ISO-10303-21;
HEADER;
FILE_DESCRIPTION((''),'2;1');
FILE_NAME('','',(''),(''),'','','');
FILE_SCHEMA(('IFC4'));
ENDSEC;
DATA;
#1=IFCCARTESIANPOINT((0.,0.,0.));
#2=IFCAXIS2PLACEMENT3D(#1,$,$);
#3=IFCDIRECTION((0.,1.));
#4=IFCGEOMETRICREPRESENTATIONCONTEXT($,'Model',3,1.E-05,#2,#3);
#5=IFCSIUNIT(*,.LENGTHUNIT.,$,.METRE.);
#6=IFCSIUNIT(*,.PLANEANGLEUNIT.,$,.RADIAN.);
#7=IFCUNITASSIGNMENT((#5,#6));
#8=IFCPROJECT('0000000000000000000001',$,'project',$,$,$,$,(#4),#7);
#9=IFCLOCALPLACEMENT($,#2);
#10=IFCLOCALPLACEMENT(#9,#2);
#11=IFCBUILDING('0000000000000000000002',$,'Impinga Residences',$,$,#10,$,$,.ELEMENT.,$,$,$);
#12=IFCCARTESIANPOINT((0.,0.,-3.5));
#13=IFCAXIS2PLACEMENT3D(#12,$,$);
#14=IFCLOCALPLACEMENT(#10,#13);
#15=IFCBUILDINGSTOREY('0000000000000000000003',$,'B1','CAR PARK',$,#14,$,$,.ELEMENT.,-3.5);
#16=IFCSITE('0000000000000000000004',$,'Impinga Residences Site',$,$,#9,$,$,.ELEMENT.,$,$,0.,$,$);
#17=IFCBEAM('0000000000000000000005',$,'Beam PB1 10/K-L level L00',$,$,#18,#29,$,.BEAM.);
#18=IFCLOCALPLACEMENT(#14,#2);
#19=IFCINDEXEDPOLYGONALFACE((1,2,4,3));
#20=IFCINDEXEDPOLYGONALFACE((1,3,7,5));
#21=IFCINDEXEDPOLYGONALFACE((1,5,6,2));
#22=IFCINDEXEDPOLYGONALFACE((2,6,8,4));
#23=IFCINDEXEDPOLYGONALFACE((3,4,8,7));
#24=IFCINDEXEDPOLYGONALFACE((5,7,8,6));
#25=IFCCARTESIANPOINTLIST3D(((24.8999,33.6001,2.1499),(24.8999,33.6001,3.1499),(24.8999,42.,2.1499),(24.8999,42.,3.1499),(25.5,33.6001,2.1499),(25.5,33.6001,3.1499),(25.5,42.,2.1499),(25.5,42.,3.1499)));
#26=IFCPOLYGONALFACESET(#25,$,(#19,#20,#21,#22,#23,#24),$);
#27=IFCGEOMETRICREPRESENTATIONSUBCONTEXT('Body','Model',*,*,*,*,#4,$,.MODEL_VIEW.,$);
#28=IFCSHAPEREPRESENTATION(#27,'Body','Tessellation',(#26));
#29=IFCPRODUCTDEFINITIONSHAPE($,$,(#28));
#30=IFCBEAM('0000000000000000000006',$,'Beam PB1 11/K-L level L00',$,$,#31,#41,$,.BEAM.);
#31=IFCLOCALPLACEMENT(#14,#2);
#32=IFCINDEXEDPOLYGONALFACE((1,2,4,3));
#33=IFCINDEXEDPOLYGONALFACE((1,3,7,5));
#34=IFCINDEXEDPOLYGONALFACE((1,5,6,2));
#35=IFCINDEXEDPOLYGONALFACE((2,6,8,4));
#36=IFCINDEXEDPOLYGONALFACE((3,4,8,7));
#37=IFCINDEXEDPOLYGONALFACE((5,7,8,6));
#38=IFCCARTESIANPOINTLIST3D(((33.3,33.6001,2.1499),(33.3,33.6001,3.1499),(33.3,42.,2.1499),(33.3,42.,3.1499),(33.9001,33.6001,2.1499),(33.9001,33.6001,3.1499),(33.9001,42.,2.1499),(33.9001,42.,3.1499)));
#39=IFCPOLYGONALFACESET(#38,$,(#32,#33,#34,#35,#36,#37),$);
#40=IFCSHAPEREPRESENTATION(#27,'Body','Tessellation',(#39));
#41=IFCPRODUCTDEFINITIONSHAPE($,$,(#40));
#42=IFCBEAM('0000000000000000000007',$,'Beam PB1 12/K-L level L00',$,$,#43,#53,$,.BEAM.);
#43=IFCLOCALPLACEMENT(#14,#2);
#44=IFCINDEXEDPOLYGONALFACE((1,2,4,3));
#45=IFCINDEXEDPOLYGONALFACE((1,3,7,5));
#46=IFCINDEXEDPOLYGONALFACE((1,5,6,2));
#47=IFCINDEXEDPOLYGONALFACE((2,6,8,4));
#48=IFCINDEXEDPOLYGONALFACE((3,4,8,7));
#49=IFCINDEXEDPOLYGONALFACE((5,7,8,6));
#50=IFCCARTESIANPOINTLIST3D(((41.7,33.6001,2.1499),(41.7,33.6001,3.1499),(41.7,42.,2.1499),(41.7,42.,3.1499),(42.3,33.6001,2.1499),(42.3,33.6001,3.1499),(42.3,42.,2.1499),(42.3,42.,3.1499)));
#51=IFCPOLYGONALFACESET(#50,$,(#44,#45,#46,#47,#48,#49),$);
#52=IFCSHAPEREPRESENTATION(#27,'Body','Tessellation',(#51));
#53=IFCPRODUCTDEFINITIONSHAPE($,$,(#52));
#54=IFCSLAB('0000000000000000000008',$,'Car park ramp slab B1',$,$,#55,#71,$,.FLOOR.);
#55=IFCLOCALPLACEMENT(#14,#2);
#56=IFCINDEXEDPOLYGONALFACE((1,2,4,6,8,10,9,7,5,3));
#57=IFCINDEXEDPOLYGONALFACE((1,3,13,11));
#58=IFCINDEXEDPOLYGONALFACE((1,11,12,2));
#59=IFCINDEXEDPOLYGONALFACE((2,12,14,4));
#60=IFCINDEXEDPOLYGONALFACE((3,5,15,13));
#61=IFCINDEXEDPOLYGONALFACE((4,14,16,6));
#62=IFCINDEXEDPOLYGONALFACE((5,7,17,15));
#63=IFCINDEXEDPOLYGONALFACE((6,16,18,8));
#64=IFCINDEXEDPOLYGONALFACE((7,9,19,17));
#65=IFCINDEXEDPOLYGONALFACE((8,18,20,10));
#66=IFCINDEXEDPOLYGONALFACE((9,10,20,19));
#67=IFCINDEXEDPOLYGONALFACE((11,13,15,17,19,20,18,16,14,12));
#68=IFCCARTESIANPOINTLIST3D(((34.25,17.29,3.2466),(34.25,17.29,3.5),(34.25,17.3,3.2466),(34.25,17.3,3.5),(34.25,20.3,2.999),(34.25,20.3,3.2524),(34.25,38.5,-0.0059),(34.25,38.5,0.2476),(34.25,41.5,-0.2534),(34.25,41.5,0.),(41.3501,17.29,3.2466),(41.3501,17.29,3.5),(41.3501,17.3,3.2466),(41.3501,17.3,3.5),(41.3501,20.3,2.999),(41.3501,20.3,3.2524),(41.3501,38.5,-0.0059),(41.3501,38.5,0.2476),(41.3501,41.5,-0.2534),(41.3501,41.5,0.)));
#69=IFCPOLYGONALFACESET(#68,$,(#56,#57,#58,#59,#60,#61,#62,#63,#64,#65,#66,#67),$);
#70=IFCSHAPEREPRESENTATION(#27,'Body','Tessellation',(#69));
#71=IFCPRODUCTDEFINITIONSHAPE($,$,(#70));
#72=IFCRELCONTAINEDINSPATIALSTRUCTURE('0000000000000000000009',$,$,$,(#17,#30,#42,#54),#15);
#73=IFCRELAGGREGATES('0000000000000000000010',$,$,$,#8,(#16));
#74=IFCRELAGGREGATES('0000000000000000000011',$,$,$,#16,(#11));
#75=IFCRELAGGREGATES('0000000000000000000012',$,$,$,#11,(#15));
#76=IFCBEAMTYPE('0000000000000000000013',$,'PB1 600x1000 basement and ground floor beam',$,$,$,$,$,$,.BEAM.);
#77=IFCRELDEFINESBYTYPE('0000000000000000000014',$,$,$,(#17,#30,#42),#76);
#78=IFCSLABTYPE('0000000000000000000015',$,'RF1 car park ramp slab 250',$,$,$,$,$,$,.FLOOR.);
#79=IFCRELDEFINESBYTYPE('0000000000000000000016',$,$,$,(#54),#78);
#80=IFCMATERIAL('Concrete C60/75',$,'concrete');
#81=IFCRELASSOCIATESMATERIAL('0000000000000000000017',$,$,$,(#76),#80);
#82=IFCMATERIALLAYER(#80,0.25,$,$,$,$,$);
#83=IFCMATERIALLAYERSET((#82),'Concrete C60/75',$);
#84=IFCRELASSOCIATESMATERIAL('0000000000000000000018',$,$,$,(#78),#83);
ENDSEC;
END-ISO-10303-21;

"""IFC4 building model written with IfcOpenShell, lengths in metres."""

from ifc_helpers import new_model, si_unit, direction, frame, origin, origin_2d, place, context, subcontext, project, spatial, polyline, rectangle, outline, extrude, material, layer, layer_set, material_profile, profile_set, type_object, element, save


model = new_model("IFC4")

# Units and contexts
model_context = context("Model", 3, precision=1e-05, world=origin(), true_north=direction((0.0, 1.0)))
body_context = subcontext(model_context, "Body", "Model", "MODEL_VIEW")
ifc_project = project(units=[si_unit("LENGTHUNIT", "METRE"), si_unit("PLANEANGLEUNIT", "RADIAN")], contexts=[model_context])

# Site, building, storey
site_placement = place(None, origin())
site = spatial("IfcSite", under=ifc_project, at=site_placement, Name="Impinga Residences Site", CompositionType="ELEMENT", RefElevation=0.0)
building_placement = place(site_placement, origin())
building = spatial("IfcBuilding", under=site, at=building_placement, Name="Impinga Residences", CompositionType="ELEMENT")
storey_placement = place(building_placement, frame((0.0, 0.0, -3.5)))
storey = spatial("IfcBuildingStorey", under=building, at=storey_placement, Name="B1", Description="CAR PARK", CompositionType="ELEMENT", Elevation=-3.5)

# Beams
ifc_material_1 = material(Name="Concrete C60/75", Category="concrete")
ifc_material_profile_1 = material_profile(ifc_material_1, rectangle(XDim=0.6001, YDim=1.0, at=origin_2d()), Name="RC 600x1000")
ifc_profile_set_1 = profile_set([ifc_material_profile_1], Name="Concrete C60/75")
beam_type = type_object("IfcBeamType", Name="PB1 600x1000 basement and ground floor beam", PredefinedType="BEAM", material=ifc_profile_set_1)
for number, where, z_axis, x_axis, name in (
    (1, (25.2, 33.6001, 2.6499), (0.0, 1.0, 0.0), (-1.0, 0.0, 0.0), "Beam PB1 10/K-L level L00"),
    (2, (33.6001, 33.6001, 2.6499), (0.0, 1.0, 0.0), (-1.0, 0.0, 0.0), "Beam PB1 11/K-L level L00"),
    (3, (42.0, 33.6001, 2.6499), (0.0, 1.0, 0.0), (-1.0, 0.0, 0.0), "Beam PB1 12/K-L level L00"),
):
    element("IfcBeam", number, at=place(storey_placement, frame(where, z_axis=z_axis, x_axis=x_axis)), inside=storey, type_object=beam_type, Name=name, PredefinedType="BEAM", context=body_context, shape_type="SweptSolid", body=[
        extrude(rectangle(XDim=0.6001, YDim=1.0, at=origin_2d()), origin(), (0.0, 0.0, 1.0), 8.3999),
    ])

# Slab
ifc_layer = layer(ifc_material_1, 0.25)
ifc_layer_set = layer_set([ifc_layer], Name="Concrete C60/75")
slab_type = type_object("IfcSlabType", Name="RF1 car park ramp slab 250", PredefinedType="FLOOR", material=ifc_layer_set)
slab_placement = place(storey_placement, frame((41.3501, 41.5, 0.0), z_axis=(1.0, 0.0, 0.0), x_axis=(0.0, -0.996613, 0.08224)))
element("IfcSlab", 4, at=slab_placement, inside=storey, type_object=slab_type, Name="Car park ramp slab B1", PredefinedType="FLOOR", context=body_context, shape_type="SweptSolid", body=[
    extrude(outline(polyline([(0.0, 0.0), (3.0102, 0.0), (21.3956, -1.4979), (24.4058, -1.4979), (24.4158, -1.4971), (24.3949, -1.2446), (24.385, -1.2454), (21.3748, -1.2454), (2.9894, 0.2526), (-0.0208, 0.2526), (0.0, 0.0)])), origin(), (0.0, 0.0, -1.0), 7.1001),
])

save(model, "model.ifc")
